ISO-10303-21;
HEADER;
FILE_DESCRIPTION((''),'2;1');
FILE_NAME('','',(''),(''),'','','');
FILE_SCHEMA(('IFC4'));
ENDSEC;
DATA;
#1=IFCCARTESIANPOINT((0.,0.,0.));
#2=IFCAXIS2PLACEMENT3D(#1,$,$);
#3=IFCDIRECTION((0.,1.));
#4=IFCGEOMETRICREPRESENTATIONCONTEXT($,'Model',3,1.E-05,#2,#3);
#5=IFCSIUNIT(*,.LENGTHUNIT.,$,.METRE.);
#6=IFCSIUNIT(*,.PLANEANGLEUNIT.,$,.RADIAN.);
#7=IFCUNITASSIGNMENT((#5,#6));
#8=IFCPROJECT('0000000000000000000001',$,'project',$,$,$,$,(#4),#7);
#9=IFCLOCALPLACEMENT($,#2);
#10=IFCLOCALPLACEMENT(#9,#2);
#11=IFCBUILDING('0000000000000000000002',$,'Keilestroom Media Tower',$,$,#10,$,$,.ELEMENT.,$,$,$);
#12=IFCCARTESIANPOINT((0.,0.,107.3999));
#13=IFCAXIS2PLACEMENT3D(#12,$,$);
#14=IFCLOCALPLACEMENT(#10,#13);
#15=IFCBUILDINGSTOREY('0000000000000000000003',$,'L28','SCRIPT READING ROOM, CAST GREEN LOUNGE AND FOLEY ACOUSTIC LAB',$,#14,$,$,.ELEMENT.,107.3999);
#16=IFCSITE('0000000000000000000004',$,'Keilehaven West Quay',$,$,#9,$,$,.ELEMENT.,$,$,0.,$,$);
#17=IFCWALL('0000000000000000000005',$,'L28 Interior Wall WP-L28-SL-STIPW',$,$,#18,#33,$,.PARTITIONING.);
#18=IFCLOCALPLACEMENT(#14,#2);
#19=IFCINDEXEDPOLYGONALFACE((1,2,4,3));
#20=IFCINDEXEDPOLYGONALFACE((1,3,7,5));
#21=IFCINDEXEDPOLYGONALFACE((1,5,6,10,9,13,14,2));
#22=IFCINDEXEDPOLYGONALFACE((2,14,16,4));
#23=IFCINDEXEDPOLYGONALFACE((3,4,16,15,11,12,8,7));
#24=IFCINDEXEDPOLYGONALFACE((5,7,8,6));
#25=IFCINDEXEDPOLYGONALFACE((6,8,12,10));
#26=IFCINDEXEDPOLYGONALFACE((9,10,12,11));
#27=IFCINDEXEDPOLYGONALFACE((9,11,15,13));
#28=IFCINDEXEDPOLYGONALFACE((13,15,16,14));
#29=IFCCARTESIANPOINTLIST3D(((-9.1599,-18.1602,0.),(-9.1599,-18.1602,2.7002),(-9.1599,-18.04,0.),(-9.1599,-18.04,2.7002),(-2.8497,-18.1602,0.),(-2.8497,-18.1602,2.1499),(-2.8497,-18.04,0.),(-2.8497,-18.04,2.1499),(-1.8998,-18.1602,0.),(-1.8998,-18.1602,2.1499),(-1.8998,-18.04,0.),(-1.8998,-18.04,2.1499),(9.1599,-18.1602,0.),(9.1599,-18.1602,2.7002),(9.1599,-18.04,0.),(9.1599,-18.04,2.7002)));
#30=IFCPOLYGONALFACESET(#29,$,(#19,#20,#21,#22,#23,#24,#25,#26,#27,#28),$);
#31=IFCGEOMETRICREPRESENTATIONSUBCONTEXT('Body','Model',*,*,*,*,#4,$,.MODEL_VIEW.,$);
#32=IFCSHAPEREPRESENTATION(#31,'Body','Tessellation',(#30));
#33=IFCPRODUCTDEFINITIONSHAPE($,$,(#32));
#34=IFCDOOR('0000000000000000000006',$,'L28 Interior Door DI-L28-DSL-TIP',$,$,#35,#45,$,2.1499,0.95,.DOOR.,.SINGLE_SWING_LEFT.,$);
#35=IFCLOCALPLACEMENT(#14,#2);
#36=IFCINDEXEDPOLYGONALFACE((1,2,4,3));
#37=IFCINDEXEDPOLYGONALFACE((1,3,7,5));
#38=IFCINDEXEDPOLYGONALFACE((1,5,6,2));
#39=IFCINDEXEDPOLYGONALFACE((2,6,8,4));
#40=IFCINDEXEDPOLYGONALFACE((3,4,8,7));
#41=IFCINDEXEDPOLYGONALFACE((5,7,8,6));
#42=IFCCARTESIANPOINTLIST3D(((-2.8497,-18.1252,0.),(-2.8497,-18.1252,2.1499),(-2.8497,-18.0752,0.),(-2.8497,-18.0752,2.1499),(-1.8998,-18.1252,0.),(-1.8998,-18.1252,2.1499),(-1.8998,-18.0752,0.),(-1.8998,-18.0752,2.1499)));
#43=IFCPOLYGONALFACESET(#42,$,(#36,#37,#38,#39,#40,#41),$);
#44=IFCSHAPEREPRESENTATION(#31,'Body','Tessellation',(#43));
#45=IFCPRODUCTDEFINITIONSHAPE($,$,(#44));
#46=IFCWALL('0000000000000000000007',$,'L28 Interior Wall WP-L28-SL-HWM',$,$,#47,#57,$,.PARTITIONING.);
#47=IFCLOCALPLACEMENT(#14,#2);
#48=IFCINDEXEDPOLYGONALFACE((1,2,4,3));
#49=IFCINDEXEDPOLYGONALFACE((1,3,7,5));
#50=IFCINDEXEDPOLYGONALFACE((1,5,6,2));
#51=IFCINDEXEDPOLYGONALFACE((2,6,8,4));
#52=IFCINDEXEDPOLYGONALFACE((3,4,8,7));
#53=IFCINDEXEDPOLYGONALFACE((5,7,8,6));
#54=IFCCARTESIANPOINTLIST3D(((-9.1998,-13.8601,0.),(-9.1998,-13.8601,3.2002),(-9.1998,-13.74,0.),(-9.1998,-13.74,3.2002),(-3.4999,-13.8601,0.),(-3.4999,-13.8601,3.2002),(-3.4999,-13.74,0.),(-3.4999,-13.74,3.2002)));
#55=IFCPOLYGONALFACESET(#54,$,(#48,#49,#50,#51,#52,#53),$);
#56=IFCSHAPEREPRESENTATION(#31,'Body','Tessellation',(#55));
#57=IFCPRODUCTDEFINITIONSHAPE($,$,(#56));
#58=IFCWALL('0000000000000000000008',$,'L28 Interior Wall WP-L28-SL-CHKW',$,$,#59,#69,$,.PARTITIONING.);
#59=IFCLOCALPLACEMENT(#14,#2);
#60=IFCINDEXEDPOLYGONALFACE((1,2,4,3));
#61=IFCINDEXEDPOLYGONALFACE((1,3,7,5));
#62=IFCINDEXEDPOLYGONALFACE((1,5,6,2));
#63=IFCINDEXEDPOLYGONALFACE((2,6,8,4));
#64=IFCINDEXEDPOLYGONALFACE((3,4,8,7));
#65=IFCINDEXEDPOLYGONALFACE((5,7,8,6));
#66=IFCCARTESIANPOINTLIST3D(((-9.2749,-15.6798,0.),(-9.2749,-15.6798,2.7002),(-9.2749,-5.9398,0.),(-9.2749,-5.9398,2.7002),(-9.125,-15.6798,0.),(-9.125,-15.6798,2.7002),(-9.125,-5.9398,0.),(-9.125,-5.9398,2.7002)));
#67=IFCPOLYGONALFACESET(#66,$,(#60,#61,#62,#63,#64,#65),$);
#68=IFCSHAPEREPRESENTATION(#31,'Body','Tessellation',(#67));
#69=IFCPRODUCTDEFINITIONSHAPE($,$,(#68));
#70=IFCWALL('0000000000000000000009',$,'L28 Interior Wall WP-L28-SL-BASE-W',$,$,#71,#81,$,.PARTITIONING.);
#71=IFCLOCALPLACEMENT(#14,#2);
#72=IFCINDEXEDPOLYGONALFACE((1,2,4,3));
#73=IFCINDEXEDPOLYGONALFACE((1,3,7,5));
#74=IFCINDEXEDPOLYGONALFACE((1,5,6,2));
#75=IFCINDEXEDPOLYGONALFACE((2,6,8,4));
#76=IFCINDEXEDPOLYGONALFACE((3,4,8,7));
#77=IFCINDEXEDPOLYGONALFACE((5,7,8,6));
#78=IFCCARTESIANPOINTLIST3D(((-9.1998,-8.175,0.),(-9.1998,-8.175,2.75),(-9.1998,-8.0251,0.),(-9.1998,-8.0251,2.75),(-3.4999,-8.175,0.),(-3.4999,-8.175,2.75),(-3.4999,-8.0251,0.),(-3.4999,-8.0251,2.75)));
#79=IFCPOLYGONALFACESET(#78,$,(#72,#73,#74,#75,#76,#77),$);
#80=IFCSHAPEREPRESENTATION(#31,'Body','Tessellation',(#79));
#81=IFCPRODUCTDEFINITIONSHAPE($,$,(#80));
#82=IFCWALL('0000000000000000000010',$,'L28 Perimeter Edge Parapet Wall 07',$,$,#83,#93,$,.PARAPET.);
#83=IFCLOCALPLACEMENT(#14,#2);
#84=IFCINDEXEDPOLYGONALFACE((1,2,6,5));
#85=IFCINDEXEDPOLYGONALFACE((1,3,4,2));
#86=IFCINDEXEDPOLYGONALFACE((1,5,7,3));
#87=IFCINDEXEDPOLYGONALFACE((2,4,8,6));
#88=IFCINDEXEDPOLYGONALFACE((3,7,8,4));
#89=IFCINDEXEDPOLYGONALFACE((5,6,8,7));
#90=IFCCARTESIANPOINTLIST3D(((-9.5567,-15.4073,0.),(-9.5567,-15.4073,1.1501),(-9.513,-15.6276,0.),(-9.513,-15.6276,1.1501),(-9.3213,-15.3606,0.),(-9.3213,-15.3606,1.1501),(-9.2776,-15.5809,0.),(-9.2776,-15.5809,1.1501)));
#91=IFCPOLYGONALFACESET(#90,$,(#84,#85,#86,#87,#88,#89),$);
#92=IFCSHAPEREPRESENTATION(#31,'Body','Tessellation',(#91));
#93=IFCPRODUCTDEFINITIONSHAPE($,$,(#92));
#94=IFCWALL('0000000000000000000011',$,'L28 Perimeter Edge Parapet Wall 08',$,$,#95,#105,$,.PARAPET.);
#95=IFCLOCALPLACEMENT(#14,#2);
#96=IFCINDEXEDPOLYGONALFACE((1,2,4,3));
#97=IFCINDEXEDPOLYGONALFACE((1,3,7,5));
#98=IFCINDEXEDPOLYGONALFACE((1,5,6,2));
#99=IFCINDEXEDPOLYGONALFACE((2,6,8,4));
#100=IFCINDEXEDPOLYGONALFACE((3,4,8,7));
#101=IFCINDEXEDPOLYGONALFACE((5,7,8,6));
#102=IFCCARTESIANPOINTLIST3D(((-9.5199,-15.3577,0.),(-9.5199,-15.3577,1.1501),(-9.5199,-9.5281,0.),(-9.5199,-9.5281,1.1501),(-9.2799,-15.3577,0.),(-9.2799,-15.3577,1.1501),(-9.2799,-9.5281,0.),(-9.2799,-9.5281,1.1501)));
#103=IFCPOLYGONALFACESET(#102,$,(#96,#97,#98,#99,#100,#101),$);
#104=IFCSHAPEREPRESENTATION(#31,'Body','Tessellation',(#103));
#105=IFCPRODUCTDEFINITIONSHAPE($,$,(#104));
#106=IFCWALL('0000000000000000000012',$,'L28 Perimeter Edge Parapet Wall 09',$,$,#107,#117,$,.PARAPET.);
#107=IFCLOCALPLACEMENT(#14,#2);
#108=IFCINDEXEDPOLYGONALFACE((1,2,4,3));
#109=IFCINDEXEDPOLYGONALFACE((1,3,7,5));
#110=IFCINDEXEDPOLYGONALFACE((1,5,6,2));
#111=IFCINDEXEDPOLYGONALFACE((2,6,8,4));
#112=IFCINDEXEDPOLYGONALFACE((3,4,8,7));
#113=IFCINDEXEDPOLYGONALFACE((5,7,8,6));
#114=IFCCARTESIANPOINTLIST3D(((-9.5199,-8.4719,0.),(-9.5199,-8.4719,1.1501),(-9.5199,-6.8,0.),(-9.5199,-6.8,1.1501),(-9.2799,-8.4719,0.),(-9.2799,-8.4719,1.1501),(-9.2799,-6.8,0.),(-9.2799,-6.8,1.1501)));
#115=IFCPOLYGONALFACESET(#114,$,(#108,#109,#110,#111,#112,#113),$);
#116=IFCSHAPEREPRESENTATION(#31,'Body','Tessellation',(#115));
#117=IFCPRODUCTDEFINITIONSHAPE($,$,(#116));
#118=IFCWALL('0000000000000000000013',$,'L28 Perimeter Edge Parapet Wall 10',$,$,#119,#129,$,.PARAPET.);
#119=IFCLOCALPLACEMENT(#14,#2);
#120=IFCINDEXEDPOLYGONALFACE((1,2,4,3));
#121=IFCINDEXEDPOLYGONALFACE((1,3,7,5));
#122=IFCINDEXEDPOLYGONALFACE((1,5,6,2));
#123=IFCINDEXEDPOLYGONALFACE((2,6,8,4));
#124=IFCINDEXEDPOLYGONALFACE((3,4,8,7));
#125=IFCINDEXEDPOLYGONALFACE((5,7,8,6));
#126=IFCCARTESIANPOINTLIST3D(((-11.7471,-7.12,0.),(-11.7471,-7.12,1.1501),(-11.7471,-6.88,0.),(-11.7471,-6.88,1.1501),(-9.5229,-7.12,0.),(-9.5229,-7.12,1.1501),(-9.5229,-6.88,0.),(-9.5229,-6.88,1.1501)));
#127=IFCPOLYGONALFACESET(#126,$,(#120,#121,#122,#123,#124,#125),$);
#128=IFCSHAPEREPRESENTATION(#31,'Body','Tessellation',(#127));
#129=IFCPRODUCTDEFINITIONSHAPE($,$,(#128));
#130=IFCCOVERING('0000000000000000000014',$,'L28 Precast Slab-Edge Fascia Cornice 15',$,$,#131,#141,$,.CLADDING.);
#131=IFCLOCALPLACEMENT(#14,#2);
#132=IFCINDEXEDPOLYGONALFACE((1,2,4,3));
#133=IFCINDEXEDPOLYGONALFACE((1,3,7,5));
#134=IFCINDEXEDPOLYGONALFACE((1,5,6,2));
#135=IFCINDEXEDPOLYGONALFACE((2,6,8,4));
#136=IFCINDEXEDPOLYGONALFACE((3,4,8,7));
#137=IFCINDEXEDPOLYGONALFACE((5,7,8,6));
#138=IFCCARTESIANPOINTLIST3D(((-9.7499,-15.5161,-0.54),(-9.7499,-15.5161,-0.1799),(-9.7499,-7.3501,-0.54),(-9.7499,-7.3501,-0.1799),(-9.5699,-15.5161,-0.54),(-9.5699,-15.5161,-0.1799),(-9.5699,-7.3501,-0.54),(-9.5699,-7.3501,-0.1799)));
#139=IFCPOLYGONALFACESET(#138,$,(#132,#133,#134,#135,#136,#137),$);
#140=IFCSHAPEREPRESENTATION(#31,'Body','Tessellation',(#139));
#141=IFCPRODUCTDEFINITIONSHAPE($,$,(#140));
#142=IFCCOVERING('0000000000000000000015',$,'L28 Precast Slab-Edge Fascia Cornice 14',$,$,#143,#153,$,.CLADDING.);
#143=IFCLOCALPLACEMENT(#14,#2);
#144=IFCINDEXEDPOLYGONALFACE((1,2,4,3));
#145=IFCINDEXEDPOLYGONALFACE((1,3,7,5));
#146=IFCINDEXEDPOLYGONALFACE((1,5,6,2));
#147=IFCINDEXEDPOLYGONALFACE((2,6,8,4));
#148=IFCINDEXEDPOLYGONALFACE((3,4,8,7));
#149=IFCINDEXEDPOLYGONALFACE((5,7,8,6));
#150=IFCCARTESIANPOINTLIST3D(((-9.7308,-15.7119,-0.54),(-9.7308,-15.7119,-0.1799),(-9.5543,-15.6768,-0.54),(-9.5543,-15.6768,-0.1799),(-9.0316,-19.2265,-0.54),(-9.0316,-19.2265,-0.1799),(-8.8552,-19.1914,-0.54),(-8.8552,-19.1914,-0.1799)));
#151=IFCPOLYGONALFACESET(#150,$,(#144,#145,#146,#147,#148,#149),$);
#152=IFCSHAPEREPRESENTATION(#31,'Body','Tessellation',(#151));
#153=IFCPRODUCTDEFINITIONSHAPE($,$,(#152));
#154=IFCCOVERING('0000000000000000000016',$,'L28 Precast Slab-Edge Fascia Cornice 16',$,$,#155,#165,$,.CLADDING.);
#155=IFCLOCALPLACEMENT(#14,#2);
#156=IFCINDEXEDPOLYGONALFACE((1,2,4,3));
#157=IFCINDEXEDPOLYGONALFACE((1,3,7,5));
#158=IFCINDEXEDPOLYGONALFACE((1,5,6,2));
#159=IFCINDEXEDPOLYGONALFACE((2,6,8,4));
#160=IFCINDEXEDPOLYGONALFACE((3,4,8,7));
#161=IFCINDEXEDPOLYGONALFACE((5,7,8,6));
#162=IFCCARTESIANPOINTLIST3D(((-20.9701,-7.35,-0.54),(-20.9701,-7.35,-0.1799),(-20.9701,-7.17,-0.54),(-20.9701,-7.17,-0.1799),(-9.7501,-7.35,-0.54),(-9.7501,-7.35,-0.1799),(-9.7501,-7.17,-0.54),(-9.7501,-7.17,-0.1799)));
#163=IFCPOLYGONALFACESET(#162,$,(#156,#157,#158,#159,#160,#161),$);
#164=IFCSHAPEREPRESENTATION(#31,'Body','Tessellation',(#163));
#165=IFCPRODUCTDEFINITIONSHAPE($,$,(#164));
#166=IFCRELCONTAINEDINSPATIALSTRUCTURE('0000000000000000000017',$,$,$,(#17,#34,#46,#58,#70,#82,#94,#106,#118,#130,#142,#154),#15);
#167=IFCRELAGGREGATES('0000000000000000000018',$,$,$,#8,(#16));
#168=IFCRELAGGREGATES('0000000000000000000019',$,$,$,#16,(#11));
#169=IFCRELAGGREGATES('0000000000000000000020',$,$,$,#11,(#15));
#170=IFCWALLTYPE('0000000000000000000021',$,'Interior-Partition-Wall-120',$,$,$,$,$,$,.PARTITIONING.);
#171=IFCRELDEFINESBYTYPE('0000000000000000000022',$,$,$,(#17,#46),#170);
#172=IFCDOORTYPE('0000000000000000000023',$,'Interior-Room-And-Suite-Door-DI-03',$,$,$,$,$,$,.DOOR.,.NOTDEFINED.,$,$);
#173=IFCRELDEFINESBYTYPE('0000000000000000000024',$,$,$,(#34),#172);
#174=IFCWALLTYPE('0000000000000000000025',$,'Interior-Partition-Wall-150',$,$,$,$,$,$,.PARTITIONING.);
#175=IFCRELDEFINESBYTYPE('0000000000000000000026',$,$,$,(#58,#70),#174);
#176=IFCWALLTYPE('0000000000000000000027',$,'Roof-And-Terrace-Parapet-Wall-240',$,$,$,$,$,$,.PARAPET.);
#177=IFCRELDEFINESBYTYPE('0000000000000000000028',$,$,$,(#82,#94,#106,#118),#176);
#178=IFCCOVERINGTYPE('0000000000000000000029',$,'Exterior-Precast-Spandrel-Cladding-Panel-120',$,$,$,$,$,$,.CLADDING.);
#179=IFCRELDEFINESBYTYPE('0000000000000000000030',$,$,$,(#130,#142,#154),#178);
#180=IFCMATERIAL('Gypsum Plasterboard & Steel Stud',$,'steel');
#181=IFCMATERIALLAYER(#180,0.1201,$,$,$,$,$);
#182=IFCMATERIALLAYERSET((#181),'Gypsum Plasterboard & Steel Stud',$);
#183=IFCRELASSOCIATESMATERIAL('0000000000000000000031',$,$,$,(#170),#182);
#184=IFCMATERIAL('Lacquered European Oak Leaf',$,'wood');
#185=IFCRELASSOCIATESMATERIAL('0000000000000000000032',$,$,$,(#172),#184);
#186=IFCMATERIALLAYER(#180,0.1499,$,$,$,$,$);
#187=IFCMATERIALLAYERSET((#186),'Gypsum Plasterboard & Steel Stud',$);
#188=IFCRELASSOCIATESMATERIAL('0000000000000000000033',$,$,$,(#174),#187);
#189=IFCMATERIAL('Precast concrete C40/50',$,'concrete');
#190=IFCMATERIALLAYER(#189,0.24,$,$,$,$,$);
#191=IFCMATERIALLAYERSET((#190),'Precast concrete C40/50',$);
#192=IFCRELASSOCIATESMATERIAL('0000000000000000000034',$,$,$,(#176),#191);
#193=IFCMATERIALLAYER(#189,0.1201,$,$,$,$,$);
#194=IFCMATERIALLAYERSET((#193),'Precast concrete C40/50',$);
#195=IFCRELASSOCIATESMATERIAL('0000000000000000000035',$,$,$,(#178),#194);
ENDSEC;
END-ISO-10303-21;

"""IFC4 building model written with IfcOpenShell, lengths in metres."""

from ifc_helpers import new_model, si_unit, direction, frame, frame_2d, origin, origin_2d, place, context, subcontext, project, spatial, rectangle, extrude, source, transform, mapped, material, layer, layer_set, type_object, element, fill, save


model = new_model("IFC4")

# Units and contexts
model_context = context("Model", 3, precision=1e-05, world=origin(), true_north=direction((0.0, 1.0)))
body_context = subcontext(model_context, "Body", "Model", "MODEL_VIEW")
ifc_project = project(units=[si_unit("LENGTHUNIT", "METRE"), si_unit("PLANEANGLEUNIT", "RADIAN")], contexts=[model_context])

# Site, building, storey
site_placement = place(None, origin())
site = spatial("IfcSite", under=ifc_project, at=site_placement, Name="Keilehaven West Quay", CompositionType="ELEMENT", RefElevation=0.0)
building_placement = place(site_placement, origin())
building = spatial("IfcBuilding", under=site, at=building_placement, Name="Keilestroom Media Tower", CompositionType="ELEMENT")
storey_placement = place(building_placement, frame((0.0, 0.0, 107.3999)))
storey = spatial("IfcBuildingStorey", under=building, at=storey_placement, Name="L28", Description="SCRIPT READING ROOM, CAST GREEN LOUNGE AND FOLEY ACOUSTIC LAB", CompositionType="ELEMENT", Elevation=107.3999)

# Shared definitions
ifc_material_1 = material(Name="Precast concrete C40/50", Category="concrete")

# Wall, opening, door
ifc_material_2 = material(Name="Gypsum Plasterboard & Steel Stud", Category="steel")
ifc_layer_1 = layer(ifc_material_2, 0.1201)
ifc_layer_set_1 = layer_set([ifc_layer_1], Name="Gypsum Plasterboard & Steel Stud")
wall_type_1 = type_object("IfcWallType", Name="Interior-Partition-Wall-120", PredefinedType="PARTITIONING", material=ifc_layer_set_1)
wall_1_placement = place(storey_placement, frame((-9.1599, -18.1001, 0.0), z_axis=(0.0, 0.0, 1.0), x_axis=(1.0, 0.0, 0.0)))
wall_1 = element("IfcWall", 1, at=wall_1_placement, inside=storey, type_object=wall_type_1, Name="L28 Interior Wall WP-L28-SL-STIPW", PredefinedType="PARTITIONING", context=body_context, shape_type="SweptSolid", body=[
    extrude(rectangle(XDim=18.3198, YDim=0.1201, at=frame_2d((9.1599, 0.0))), origin(), (0.0, 0.0, 1.0), 2.7002),
])
opening_placement = place(wall_1_placement, frame((6.3101, 0.0, 0.0)))
opening = element("IfcOpeningElement", 2, at=opening_placement, cuts=wall_1, PredefinedType="OPENING", context=body_context, shape_type="SweptSolid", body=[
    extrude(rectangle(XDim=0.95, YDim=2.1499, at=frame_2d((0.4751, 1.075))), frame((0.0, 0.0701, 0.0), z_axis=(0.0, -1.0, 0.0), x_axis=(1.0, 0.0, 0.0)), (0.0, 0.0, 1.0), 0.1401),
])
ifc_material_3 = material(Name="Lacquered European Oak Leaf", Category="wood")
door_type = type_object("IfcDoorType", Name="Interior-Room-And-Suite-Door-DI-03", OperationType="NOTDEFINED", PredefinedType="DOOR", material=ifc_material_3)
shared_shape_1 = source(origin(), body_context, "Body", "SweptSolid", [
    extrude(rectangle(XDim=0.95, YDim=2.1499, at=frame_2d((0.4751, 1.075))), frame((0.0, 0.0249, 0.0), z_axis=(0.0, -1.0, 0.0), x_axis=(1.0, 0.0, 0.0)), (0.0, 0.0, 1.0), 0.05),
])
door_placement = place(opening_placement, origin())
door = element("IfcDoor", 3, at=door_placement, inside=storey, type_object=door_type, Name="L28 Interior Door DI-L28-DSL-TIP", OperationType="SINGLE_SWING_LEFT", OverallHeight=2.1499, OverallWidth=0.95, PredefinedType="DOOR", context=body_context, shape_type="MappedRepresentation", body=[
    mapped(shared_shape_1, transform((0.0, 0.0, 0.0), x_axis=(1.0, 0.0, 0.0), y_axis=(0.0, 1.0, 0.0), z_axis=(0.0, 0.0, 1.0), scale=1.0)),
])
fill(opening, door)

# Walls
wall_2_placement = place(storey_placement, frame((-9.2, -13.8, 0.0), z_axis=(0.0, 0.0, 1.0), x_axis=(1.0, 0.0, 0.0)))
element("IfcWall", 4, at=wall_2_placement, inside=storey, type_object=wall_type_1, Name="L28 Interior Wall WP-L28-SL-HWM", PredefinedType="PARTITIONING", context=body_context, shape_type="SweptSolid", body=[
    extrude(rectangle(XDim=5.7, YDim=0.1201, at=frame_2d((2.8501, 0.0))), origin(), (0.0, 0.0, 1.0), 3.2002),
])
ifc_layer_2 = layer(ifc_material_2, 0.1499)
ifc_layer_set_2 = layer_set([ifc_layer_2], Name="Gypsum Plasterboard & Steel Stud")
wall_type_2 = type_object("IfcWallType", Name="Interior-Partition-Wall-150", PredefinedType="PARTITIONING", material=ifc_layer_set_2)
wall_3_placement = place(storey_placement, frame((-9.2, -15.6799, 0.0), z_axis=(0.0, 0.0, 1.0), x_axis=(0.0, 1.0, 0.0)))
element("IfcWall", 5, at=wall_3_placement, inside=storey, type_object=wall_type_2, Name="L28 Interior Wall WP-L28-SL-CHKW", PredefinedType="PARTITIONING", context=body_context, shape_type="SweptSolid", body=[
    extrude(rectangle(XDim=9.74, YDim=0.1499, at=frame_2d((4.8701, 0.0))), origin(), (0.0, 0.0, 1.0), 2.7002),
])
wall_4_placement = place(storey_placement, frame((-9.2, -8.1001, 0.0), z_axis=(0.0, 0.0, 1.0), x_axis=(1.0, 0.0, 0.0)))
element("IfcWall", 6, at=wall_4_placement, inside=storey, type_object=wall_type_2, Name="L28 Interior Wall WP-L28-SL-BASE-W", PredefinedType="PARTITIONING", context=body_context, shape_type="SweptSolid", body=[
    extrude(rectangle(XDim=5.7, YDim=0.1499, at=frame_2d((2.8501, 0.0))), origin(), (0.0, 0.0, 1.0), 2.75),
])
ifc_layer_3 = layer(ifc_material_1, 0.24)
ifc_layer_set_3 = layer_set([ifc_layer_3], Name="Precast concrete C40/50")
wall_type_3 = type_object("IfcWallType", Name="Roof-And-Terrace-Parapet-Wall-240", PredefinedType="PARAPET", material=ifc_layer_set_3)
wall_5_placement = place(storey_placement, frame((-9.3953, -15.6042, 0.0), z_axis=(0.0, 0.0, 1.0), x_axis=(-0.194652, 0.980872, 0.0)))
element("IfcWall", 7, at=wall_5_placement, inside=storey, type_object=wall_type_3, Name="L28 Perimeter Edge Parapet Wall 07", PredefinedType="PARAPET", context=body_context, shape_type="SweptSolid", body=[
    extrude(rectangle(XDim=0.2246, YDim=0.24, at=frame_2d((0.1123, 0.0))), origin(), (0.0, 0.0, 1.0), 1.1501),
])
wall_6_placement = place(storey_placement, frame((-9.3999, -15.3577, 0.0), z_axis=(0.0, 0.0, 1.0), x_axis=(0.0, 1.0, 0.0)))
element("IfcWall", 8, at=wall_6_placement, inside=storey, type_object=wall_type_3, Name="L28 Perimeter Edge Parapet Wall 08", PredefinedType="PARAPET", context=body_context, shape_type="SweptSolid", body=[
    extrude(rectangle(XDim=5.8296, YDim=0.24, at=frame_2d((2.9148, 0.0))), origin(), (0.0, 0.0, 1.0), 1.1501),
])
wall_7_placement = place(storey_placement, frame((-9.3999, -8.4719, 0.0), z_axis=(0.0, 0.0, 1.0), x_axis=(0.0, 1.0, 0.0)))
element("IfcWall", 9, at=wall_7_placement, inside=storey, type_object=wall_type_3, Name="L28 Perimeter Edge Parapet Wall 09", PredefinedType="PARAPET", context=body_context, shape_type="SweptSolid", body=[
    extrude(rectangle(XDim=1.6719, YDim=0.24, at=frame_2d((0.8359, 0.0))), origin(), (0.0, 0.0, 1.0), 1.1501),
])
wall_8_placement = place(storey_placement, frame((-9.5229, -7.0, 0.0), z_axis=(0.0, 0.0, 1.0), x_axis=(-1.0, 0.0, 0.0)))
element("IfcWall", 10, at=wall_8_placement, inside=storey, type_object=wall_type_3, Name="L28 Perimeter Edge Parapet Wall 10", PredefinedType="PARAPET", context=body_context, shape_type="SweptSolid", body=[
    extrude(rectangle(XDim=2.2241, YDim=0.24, at=frame_2d((1.1121, 0.0))), origin(), (0.0, 0.0, 1.0), 1.1501),
])

# Coverings
ifc_layer_4 = layer(ifc_material_1, 0.1201)
ifc_layer_set_4 = layer_set([ifc_layer_4], Name="Precast concrete C40/50")
covering_type = type_object("IfcCoveringType", Name="Exterior-Precast-Spandrel-Cladding-Panel-120", PredefinedType="CLADDING", material=ifc_layer_set_4)
shared_shape_2 = source(origin(), body_context, "Body", "SweptSolid", [
    extrude(rectangle(XDim=8.166, YDim=0.1799, at=origin_2d()), origin(), (0.0, 0.0, 1.0), 0.3601),
])
covering_1_placement = place(storey_placement, frame((-9.6599, -11.4331, -0.54), z_axis=(0.0, 0.0, 1.0), x_axis=(0.0, 1.0, 0.0)))
element("IfcCovering", 11, at=covering_1_placement, inside=storey, type_object=covering_type, Name="L28 Precast Slab-Edge Fascia Cornice 15", PredefinedType="CLADDING", context=body_context, shape_type="MappedRepresentation", body=[
    mapped(shared_shape_2, transform((0.0, 0.0, 0.0), x_axis=(1.0, 0.0, 0.0), y_axis=(0.0, 1.0, 0.0), z_axis=(0.0, 0.0, 1.0), scale=1.0)),
])
shared_shape_3 = source(origin(), body_context, "Body", "SweptSolid", [
    extrude(rectangle(XDim=3.5835, YDim=0.1799, at=origin_2d()), origin(), (0.0, 0.0, 1.0), 0.3601),
])
covering_2_placement = place(storey_placement, frame((-9.293, -17.4517, -0.54), z_axis=(0.0, 0.0, 1.0), x_axis=(-0.195099, 0.980784, 0.0)))
element("IfcCovering", 12, at=covering_2_placement, inside=storey, type_object=covering_type, Name="L28 Precast Slab-Edge Fascia Cornice 14", PredefinedType="CLADDING", context=body_context, shape_type="MappedRepresentation", body=[
    mapped(shared_shape_3, transform((0.0, 0.0, 0.0), x_axis=(1.0, 0.0, 0.0), y_axis=(0.0, 1.0, 0.0), z_axis=(0.0, 0.0, 1.0), scale=1.0)),
])
shared_shape_4 = source(origin(), body_context, "Body", "SweptSolid", [
    extrude(rectangle(XDim=11.22, YDim=0.1799, at=origin_2d()), origin(), (0.0, 0.0, 1.0), 0.3601),
])
covering_3_placement = place(storey_placement, frame((-15.3601, -7.26, -0.54), z_axis=(0.0, 0.0, 1.0), x_axis=(-1.0, 0.0, 0.0)))
element("IfcCovering", 13, at=covering_3_placement, inside=storey, type_object=covering_type, Name="L28 Precast Slab-Edge Fascia Cornice 16", PredefinedType="CLADDING", context=body_context, shape_type="MappedRepresentation", body=[
    mapped(shared_shape_4, transform((0.0, 0.0, 0.0), x_axis=(1.0, 0.0, 0.0), y_axis=(0.0, 1.0, 0.0), z_axis=(0.0, 0.0, 1.0), scale=1.0)),
])

save(model, "model.ifc")
